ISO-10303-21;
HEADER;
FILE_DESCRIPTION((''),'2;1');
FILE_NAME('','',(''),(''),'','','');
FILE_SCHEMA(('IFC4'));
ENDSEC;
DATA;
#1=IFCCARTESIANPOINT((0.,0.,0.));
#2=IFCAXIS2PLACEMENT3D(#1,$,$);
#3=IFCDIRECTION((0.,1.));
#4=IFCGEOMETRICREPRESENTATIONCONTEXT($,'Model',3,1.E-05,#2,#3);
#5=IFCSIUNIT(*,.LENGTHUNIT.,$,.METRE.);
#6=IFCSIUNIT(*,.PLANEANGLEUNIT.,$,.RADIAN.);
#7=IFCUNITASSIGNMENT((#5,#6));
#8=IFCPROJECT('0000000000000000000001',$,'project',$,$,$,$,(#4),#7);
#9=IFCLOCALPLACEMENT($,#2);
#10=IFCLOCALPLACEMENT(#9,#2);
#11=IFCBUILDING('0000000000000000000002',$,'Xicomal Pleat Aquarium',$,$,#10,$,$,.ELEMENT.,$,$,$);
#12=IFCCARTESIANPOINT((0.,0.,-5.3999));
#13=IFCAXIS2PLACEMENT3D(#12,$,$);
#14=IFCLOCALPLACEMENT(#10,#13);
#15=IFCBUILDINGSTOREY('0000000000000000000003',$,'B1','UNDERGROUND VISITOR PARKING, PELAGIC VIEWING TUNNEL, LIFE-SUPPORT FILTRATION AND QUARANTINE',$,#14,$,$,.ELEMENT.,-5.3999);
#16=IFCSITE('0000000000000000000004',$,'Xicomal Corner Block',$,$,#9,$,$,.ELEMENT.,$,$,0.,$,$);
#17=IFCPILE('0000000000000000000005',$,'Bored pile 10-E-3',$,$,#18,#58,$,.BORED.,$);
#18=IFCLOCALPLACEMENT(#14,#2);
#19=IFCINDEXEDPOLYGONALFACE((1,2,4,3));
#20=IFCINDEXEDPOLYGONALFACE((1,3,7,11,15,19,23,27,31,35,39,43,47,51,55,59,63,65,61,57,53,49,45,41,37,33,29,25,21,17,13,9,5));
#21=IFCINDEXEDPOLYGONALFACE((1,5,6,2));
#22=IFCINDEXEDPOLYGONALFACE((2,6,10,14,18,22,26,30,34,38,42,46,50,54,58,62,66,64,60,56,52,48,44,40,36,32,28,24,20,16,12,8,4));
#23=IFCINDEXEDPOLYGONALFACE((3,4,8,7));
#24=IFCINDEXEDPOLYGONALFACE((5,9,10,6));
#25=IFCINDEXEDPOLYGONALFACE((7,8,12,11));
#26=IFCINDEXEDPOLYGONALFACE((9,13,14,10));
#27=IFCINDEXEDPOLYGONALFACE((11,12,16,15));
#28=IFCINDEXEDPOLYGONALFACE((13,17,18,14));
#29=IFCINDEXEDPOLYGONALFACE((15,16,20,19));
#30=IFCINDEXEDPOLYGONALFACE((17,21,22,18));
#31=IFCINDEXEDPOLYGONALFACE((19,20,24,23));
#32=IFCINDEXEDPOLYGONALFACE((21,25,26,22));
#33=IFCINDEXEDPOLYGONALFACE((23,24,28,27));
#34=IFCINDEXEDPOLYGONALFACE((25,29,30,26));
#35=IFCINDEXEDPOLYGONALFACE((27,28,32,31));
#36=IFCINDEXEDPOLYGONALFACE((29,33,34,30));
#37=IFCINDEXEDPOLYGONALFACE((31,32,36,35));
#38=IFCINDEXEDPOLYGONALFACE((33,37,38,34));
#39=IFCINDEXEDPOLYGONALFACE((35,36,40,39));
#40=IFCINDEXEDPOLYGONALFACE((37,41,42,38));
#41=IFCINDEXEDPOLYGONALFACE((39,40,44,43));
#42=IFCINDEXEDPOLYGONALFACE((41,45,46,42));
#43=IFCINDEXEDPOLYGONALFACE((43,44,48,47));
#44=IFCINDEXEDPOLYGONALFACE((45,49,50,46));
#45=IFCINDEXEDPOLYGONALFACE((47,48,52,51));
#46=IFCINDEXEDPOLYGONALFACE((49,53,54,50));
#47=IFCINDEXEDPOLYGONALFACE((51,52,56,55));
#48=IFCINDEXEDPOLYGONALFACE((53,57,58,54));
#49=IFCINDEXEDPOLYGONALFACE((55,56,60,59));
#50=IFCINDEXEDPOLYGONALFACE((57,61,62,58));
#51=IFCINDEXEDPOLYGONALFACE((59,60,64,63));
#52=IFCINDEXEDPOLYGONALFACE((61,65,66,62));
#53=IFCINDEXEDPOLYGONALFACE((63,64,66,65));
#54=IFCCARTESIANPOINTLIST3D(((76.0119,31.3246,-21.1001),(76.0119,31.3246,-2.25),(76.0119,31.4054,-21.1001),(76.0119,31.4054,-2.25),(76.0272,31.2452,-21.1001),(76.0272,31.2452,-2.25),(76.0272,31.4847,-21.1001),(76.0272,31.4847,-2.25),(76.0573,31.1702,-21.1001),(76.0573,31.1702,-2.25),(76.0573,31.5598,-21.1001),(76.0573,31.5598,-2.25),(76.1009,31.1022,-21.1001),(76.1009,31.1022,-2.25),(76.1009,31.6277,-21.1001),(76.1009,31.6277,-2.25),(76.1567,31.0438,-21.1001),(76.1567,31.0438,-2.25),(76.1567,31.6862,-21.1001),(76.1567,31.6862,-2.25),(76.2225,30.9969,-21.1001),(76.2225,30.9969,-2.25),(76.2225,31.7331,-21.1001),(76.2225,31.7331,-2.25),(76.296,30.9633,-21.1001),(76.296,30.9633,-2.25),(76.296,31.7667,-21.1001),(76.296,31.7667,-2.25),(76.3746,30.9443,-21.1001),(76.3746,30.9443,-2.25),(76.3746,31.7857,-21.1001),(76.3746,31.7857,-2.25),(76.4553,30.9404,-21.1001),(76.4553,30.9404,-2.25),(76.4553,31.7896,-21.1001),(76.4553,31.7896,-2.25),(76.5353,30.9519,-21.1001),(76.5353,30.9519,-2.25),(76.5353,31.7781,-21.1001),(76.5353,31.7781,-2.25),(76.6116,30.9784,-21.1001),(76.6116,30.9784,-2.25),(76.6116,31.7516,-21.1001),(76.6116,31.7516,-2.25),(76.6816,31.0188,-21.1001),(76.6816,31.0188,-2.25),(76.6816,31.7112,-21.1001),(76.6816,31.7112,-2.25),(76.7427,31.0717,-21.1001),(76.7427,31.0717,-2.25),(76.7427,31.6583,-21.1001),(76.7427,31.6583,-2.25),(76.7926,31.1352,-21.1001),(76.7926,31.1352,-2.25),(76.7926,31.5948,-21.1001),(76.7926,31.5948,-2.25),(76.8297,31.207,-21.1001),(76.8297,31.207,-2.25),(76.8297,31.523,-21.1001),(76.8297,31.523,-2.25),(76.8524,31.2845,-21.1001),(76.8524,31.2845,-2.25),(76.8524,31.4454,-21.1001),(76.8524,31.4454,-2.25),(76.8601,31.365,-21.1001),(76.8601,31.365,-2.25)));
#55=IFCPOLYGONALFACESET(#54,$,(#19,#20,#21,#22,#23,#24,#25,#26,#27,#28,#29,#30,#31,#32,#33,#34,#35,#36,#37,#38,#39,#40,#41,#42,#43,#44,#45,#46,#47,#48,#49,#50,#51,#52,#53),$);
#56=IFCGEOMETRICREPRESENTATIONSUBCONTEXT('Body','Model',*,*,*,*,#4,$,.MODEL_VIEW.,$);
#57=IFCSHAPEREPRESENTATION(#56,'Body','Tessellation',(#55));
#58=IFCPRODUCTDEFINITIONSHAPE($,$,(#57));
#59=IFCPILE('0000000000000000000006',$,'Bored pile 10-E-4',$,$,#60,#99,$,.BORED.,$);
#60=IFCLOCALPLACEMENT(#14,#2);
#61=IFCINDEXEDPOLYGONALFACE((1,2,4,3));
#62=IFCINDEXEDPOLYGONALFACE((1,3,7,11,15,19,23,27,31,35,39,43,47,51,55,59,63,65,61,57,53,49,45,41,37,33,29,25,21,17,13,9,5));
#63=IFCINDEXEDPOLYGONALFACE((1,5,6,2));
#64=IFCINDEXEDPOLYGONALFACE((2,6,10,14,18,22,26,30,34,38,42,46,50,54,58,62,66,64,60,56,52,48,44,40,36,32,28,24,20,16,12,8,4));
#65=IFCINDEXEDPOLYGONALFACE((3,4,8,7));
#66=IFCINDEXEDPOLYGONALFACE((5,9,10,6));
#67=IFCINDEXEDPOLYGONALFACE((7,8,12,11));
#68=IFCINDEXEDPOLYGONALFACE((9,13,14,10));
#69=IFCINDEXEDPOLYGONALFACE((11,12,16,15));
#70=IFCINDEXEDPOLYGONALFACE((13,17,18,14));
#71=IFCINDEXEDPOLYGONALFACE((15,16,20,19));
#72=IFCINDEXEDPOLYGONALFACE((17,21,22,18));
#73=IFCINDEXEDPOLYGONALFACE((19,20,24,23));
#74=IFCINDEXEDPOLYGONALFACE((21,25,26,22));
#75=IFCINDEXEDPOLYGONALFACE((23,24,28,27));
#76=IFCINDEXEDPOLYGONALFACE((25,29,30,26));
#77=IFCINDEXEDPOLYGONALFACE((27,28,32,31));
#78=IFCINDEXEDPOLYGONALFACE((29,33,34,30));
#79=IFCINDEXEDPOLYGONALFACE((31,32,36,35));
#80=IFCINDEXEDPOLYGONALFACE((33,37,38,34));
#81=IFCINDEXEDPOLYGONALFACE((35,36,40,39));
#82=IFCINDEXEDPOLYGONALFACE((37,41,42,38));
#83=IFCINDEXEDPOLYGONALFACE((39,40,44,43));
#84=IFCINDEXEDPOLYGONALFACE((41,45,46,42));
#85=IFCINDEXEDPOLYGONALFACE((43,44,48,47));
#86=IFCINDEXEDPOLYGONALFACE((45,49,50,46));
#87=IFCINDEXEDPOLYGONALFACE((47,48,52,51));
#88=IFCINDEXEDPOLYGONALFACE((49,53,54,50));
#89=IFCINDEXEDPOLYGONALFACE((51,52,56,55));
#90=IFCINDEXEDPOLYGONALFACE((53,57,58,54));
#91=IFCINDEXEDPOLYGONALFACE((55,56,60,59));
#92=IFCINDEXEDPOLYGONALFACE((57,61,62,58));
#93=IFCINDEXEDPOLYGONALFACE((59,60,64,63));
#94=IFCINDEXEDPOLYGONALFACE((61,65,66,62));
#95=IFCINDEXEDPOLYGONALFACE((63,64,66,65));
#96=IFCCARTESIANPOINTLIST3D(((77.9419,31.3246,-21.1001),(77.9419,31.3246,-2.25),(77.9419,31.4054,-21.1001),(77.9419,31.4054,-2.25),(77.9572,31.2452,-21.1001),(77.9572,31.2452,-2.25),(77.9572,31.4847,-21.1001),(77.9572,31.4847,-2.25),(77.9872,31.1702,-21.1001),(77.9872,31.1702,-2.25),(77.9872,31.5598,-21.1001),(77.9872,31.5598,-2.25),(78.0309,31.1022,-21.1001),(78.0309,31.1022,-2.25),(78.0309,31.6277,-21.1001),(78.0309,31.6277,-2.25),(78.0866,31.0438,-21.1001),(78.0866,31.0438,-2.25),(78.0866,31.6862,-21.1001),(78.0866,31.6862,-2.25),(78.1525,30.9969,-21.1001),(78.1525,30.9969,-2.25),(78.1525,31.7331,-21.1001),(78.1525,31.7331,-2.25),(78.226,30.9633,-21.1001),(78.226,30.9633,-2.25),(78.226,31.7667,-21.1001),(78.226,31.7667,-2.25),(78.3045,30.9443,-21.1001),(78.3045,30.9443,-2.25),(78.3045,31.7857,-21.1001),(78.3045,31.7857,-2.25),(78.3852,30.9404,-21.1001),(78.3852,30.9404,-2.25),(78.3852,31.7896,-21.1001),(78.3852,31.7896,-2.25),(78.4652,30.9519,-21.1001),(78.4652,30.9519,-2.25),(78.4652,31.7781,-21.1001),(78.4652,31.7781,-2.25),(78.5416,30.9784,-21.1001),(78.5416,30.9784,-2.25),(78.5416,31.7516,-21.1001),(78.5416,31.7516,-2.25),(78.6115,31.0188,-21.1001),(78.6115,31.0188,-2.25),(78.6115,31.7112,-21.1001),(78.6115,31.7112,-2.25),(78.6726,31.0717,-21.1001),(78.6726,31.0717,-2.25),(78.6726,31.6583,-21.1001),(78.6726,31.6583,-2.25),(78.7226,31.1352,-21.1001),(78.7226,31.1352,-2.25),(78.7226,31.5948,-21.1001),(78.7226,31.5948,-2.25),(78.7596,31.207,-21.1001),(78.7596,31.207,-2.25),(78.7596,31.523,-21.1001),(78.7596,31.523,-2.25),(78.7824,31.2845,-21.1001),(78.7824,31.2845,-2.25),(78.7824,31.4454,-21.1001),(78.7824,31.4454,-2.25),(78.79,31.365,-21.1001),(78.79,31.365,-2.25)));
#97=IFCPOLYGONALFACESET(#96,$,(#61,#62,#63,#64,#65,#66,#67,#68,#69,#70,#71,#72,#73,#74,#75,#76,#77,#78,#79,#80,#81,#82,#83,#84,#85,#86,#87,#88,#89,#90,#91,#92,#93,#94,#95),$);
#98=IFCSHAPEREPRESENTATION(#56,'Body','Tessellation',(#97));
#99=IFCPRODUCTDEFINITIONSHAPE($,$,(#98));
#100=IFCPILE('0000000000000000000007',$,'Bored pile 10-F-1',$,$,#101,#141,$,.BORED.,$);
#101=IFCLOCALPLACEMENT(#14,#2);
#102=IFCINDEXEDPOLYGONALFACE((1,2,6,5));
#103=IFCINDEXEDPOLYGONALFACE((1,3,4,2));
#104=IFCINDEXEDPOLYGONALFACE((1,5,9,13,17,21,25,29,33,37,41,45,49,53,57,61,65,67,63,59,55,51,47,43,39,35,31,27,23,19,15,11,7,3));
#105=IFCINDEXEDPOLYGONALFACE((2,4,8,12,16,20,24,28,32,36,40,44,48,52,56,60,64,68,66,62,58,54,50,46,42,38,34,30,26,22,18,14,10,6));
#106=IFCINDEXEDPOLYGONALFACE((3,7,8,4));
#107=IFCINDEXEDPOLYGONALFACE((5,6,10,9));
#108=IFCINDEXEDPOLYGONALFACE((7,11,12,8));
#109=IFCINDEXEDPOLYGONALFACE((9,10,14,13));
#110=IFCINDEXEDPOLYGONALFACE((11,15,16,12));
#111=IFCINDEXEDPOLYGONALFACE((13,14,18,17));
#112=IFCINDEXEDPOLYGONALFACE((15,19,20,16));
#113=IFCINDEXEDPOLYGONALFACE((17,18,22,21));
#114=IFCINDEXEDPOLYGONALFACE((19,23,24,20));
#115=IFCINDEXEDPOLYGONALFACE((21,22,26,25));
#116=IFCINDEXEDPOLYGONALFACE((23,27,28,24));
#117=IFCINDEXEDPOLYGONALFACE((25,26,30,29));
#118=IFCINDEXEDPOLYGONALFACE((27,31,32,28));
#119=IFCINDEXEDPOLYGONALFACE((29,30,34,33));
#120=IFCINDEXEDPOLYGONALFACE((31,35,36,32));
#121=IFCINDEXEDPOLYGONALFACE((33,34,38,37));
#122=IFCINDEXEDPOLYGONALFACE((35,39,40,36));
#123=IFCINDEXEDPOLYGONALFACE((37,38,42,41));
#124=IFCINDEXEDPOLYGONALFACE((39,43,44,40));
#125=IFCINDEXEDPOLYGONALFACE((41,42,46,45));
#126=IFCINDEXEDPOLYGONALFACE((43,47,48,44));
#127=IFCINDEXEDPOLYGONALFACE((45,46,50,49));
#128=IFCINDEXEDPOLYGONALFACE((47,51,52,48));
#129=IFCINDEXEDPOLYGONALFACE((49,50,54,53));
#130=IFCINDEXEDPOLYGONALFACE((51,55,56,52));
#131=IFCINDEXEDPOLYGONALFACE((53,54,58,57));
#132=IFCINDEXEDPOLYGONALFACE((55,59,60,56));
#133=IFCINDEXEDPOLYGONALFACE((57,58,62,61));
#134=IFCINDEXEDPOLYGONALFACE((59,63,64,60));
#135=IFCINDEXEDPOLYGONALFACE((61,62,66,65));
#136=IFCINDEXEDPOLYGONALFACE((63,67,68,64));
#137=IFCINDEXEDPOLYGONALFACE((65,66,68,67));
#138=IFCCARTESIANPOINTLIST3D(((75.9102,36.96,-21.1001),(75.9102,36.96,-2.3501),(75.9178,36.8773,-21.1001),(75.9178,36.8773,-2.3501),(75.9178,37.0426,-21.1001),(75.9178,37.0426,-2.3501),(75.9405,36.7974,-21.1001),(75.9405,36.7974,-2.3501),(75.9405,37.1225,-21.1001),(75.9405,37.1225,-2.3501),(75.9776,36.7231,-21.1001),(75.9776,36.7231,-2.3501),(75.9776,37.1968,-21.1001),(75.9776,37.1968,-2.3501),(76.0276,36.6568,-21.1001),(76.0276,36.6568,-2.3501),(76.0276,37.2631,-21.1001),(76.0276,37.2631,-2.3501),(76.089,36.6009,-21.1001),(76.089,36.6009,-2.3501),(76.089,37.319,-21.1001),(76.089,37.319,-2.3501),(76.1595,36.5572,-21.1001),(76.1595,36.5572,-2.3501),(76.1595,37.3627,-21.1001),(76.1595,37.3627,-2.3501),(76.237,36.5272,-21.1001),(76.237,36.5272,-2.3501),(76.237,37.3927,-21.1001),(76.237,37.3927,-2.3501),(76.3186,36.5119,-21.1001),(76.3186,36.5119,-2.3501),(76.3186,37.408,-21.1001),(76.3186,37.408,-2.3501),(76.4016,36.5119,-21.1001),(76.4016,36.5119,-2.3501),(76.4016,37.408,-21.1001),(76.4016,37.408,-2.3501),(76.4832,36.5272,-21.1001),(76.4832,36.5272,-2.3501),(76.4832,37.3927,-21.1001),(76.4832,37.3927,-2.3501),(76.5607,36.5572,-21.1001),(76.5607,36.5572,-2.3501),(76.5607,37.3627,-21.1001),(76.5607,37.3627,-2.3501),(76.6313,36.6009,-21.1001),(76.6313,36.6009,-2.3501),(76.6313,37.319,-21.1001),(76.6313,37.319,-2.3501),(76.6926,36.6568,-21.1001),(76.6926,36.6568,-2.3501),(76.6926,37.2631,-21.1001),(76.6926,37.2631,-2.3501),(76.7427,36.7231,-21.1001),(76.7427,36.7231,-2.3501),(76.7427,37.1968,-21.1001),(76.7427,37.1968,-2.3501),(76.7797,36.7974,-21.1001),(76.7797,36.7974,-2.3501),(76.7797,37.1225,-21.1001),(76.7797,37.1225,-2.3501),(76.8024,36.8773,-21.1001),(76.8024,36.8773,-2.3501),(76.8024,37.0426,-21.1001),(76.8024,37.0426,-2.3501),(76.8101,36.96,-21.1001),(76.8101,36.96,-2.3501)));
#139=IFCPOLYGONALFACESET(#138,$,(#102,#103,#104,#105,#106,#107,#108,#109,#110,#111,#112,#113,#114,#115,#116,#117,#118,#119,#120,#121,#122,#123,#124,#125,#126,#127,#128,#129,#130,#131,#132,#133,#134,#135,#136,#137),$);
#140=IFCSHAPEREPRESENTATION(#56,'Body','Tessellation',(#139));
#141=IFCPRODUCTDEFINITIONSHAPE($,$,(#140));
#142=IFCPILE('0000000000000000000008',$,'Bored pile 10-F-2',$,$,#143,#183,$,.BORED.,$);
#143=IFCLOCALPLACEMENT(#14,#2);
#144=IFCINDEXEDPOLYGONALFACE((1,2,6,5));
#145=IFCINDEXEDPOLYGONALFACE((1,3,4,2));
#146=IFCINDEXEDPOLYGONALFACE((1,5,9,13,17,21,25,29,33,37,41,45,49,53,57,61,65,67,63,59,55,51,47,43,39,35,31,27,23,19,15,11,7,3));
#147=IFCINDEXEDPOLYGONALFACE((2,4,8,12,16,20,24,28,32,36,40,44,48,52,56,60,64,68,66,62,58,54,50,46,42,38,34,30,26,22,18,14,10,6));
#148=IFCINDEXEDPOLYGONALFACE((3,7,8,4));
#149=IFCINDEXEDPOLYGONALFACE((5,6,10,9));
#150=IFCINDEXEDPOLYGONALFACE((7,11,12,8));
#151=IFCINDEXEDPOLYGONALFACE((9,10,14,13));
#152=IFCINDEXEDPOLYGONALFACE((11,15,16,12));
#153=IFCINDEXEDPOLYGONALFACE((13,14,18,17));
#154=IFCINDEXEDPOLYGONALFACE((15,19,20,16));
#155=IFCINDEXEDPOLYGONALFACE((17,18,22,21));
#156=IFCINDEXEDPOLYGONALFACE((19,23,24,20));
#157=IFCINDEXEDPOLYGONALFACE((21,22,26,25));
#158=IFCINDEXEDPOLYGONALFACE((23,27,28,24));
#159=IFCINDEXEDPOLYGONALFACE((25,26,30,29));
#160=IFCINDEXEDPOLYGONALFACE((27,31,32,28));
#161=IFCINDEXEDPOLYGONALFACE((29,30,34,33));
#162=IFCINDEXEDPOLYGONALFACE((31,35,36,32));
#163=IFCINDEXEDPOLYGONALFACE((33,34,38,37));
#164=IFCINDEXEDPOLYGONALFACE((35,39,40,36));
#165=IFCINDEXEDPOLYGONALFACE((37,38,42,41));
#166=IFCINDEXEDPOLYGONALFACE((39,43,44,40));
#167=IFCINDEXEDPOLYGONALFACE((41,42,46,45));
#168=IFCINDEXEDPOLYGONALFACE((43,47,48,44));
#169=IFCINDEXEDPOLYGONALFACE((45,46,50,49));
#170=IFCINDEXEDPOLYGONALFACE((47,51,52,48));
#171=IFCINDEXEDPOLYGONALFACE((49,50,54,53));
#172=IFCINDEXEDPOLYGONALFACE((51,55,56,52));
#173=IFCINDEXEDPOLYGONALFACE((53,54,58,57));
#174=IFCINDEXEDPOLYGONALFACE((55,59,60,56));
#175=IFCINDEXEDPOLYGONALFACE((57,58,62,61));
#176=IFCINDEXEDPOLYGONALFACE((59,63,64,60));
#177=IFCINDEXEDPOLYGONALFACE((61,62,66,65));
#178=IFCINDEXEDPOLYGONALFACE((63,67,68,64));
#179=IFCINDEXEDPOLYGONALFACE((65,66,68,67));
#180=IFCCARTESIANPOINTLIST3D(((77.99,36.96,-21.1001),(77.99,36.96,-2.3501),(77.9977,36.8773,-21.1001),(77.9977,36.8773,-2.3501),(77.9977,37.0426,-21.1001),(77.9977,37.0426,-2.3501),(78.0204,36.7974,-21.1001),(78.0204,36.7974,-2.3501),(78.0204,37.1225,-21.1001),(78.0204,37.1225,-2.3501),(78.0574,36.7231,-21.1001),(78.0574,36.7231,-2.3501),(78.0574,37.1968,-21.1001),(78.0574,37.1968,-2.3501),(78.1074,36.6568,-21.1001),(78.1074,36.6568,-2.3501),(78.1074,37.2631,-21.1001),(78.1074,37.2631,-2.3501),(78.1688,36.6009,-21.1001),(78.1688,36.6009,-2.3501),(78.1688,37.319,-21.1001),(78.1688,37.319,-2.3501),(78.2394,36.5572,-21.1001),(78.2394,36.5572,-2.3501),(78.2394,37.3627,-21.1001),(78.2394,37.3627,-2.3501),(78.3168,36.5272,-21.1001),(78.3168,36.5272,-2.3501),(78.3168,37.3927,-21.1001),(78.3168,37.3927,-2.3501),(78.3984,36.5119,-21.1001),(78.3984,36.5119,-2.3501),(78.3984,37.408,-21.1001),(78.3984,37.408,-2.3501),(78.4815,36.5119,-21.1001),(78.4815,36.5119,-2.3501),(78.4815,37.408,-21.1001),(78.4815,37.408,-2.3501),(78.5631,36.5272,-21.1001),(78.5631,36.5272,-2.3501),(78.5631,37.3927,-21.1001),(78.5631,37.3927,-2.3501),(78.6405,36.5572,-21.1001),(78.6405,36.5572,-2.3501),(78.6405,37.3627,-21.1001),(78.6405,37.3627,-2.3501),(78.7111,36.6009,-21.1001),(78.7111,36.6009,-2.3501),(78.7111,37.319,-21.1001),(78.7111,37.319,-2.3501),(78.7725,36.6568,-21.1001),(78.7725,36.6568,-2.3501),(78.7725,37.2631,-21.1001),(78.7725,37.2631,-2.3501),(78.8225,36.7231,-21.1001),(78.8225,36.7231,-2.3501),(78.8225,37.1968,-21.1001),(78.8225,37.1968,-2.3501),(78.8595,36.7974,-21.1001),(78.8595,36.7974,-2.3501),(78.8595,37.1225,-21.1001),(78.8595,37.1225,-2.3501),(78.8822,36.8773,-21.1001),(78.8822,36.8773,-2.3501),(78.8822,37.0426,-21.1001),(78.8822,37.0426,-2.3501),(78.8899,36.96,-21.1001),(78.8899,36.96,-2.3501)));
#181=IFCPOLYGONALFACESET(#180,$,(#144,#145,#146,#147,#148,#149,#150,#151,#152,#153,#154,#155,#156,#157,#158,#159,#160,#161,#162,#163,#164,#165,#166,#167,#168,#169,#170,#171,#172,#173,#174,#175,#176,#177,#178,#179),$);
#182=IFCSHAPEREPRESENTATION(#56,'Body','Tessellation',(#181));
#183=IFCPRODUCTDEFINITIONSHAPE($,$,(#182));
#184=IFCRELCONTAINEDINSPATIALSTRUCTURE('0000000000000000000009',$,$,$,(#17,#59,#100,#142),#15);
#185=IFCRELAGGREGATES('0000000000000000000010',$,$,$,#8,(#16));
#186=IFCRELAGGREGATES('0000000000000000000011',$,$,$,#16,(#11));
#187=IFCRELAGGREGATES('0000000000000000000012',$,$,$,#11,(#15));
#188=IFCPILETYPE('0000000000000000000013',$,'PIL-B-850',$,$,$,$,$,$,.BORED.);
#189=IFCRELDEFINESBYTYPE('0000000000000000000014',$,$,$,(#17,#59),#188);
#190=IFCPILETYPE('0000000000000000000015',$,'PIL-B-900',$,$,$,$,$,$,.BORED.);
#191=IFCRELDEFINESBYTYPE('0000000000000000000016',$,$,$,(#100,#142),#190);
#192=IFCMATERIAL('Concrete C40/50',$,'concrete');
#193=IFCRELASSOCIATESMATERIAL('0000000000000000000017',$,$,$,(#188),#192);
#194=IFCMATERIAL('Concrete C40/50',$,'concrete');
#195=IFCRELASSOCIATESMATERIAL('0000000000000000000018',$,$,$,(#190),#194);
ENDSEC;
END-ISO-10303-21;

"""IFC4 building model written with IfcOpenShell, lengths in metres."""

from ifc_helpers import new_model, si_unit, direction, frame, origin, origin_2d, place, context, subcontext, project, spatial, circle, extrude, material, material_profile, profile_set, type_object, element, save


model = new_model("IFC4")

# Units and contexts
model_context = context("Model", 3, precision=1e-05, world=origin(), true_north=direction((0.0, 1.0)))
body_context = subcontext(model_context, "Body", "Model", "MODEL_VIEW")
ifc_project = project(units=[si_unit("LENGTHUNIT", "METRE"), si_unit("PLANEANGLEUNIT", "RADIAN")], contexts=[model_context])

# Site, building, storey
site_placement = place(None, origin())
site = spatial("IfcSite", under=ifc_project, at=site_placement, Name="Xicomal Corner Block", CompositionType="ELEMENT", RefElevation=0.0)
building_placement = place(site_placement, origin())
building = spatial("IfcBuilding", under=site, at=building_placement, Name="Xicomal Pleat Aquarium", CompositionType="ELEMENT")
storey_placement = place(building_placement, frame((0.0, 0.0, -5.3999)))
storey = spatial("IfcBuildingStorey", under=building, at=storey_placement, Name="B1", Description="UNDERGROUND VISITOR PARKING, PELAGIC VIEWING TUNNEL, LIFE-SUPPORT FILTRATION AND QUARANTINE", CompositionType="ELEMENT", Elevation=-5.3999)

# Piles
ifc_material_1 = material(Name="Concrete C40/50", Category="concrete")
ifc_material_profile_1 = material_profile(ifc_material_1, circle(Radius=0.425, at=origin_2d()), Name="BORED PILE D850")
ifc_profile_set_1 = profile_set([ifc_material_profile_1], Name="Concrete C40/50")
pile_type_1 = type_object("IfcPileType", Name="PIL-B-850", PredefinedType="BORED", material=ifc_profile_set_1)
for number, where, z_axis, x_axis, name in (
    (1, (76.4351, 31.365, -2.25), (0.0, 0.0, -1.0), (1.0, 0.0, 0.0), "Bored pile 10-E-3"),
    (2, (78.365, 31.365, -2.25), (0.0, 0.0, -1.0), (1.0, 0.0, 0.0), "Bored pile 10-E-4"),
):
    element("IfcPile", number, at=place(storey_placement, frame(where, z_axis=z_axis, x_axis=x_axis)), inside=storey, type_object=pile_type_1, Name=name, PredefinedType="BORED", context=body_context, shape_type="SweptSolid", body=[
        extrude(circle(Radius=0.425, at=origin_2d()), origin(), (0.0, 0.0, 1.0), 18.8501),
    ])
ifc_material_2 = material(Name="Concrete C40/50", Category="concrete")
ifc_material_profile_2 = material_profile(ifc_material_2, circle(Radius=0.45, at=origin_2d()), Name="BORED PILE D900")
ifc_profile_set_2 = profile_set([ifc_material_profile_2], Name="Concrete C40/50")
pile_type_2 = type_object("IfcPileType", Name="PIL-B-900", PredefinedType="BORED", material=ifc_profile_set_2)
for number, where, z_axis, x_axis, name in (
    (3, (76.3601, 36.96, -2.3501), (0.0, 0.0, -1.0), (1.0, 0.0, 0.0), "Bored pile 10-F-1"),
    (4, (78.4399, 36.96, -2.3501), (0.0, 0.0, -1.0), (1.0, 0.0, 0.0), "Bored pile 10-F-2"),
):
    element("IfcPile", number, at=place(storey_placement, frame(where, z_axis=z_axis, x_axis=x_axis)), inside=storey, type_object=pile_type_2, Name=name, PredefinedType="BORED", context=body_context, shape_type="SweptSolid", body=[
        extrude(circle(Radius=0.45, at=origin_2d()), origin(), (0.0, 0.0, 1.0), 18.75),
    ])

save(model, "model.ifc")
